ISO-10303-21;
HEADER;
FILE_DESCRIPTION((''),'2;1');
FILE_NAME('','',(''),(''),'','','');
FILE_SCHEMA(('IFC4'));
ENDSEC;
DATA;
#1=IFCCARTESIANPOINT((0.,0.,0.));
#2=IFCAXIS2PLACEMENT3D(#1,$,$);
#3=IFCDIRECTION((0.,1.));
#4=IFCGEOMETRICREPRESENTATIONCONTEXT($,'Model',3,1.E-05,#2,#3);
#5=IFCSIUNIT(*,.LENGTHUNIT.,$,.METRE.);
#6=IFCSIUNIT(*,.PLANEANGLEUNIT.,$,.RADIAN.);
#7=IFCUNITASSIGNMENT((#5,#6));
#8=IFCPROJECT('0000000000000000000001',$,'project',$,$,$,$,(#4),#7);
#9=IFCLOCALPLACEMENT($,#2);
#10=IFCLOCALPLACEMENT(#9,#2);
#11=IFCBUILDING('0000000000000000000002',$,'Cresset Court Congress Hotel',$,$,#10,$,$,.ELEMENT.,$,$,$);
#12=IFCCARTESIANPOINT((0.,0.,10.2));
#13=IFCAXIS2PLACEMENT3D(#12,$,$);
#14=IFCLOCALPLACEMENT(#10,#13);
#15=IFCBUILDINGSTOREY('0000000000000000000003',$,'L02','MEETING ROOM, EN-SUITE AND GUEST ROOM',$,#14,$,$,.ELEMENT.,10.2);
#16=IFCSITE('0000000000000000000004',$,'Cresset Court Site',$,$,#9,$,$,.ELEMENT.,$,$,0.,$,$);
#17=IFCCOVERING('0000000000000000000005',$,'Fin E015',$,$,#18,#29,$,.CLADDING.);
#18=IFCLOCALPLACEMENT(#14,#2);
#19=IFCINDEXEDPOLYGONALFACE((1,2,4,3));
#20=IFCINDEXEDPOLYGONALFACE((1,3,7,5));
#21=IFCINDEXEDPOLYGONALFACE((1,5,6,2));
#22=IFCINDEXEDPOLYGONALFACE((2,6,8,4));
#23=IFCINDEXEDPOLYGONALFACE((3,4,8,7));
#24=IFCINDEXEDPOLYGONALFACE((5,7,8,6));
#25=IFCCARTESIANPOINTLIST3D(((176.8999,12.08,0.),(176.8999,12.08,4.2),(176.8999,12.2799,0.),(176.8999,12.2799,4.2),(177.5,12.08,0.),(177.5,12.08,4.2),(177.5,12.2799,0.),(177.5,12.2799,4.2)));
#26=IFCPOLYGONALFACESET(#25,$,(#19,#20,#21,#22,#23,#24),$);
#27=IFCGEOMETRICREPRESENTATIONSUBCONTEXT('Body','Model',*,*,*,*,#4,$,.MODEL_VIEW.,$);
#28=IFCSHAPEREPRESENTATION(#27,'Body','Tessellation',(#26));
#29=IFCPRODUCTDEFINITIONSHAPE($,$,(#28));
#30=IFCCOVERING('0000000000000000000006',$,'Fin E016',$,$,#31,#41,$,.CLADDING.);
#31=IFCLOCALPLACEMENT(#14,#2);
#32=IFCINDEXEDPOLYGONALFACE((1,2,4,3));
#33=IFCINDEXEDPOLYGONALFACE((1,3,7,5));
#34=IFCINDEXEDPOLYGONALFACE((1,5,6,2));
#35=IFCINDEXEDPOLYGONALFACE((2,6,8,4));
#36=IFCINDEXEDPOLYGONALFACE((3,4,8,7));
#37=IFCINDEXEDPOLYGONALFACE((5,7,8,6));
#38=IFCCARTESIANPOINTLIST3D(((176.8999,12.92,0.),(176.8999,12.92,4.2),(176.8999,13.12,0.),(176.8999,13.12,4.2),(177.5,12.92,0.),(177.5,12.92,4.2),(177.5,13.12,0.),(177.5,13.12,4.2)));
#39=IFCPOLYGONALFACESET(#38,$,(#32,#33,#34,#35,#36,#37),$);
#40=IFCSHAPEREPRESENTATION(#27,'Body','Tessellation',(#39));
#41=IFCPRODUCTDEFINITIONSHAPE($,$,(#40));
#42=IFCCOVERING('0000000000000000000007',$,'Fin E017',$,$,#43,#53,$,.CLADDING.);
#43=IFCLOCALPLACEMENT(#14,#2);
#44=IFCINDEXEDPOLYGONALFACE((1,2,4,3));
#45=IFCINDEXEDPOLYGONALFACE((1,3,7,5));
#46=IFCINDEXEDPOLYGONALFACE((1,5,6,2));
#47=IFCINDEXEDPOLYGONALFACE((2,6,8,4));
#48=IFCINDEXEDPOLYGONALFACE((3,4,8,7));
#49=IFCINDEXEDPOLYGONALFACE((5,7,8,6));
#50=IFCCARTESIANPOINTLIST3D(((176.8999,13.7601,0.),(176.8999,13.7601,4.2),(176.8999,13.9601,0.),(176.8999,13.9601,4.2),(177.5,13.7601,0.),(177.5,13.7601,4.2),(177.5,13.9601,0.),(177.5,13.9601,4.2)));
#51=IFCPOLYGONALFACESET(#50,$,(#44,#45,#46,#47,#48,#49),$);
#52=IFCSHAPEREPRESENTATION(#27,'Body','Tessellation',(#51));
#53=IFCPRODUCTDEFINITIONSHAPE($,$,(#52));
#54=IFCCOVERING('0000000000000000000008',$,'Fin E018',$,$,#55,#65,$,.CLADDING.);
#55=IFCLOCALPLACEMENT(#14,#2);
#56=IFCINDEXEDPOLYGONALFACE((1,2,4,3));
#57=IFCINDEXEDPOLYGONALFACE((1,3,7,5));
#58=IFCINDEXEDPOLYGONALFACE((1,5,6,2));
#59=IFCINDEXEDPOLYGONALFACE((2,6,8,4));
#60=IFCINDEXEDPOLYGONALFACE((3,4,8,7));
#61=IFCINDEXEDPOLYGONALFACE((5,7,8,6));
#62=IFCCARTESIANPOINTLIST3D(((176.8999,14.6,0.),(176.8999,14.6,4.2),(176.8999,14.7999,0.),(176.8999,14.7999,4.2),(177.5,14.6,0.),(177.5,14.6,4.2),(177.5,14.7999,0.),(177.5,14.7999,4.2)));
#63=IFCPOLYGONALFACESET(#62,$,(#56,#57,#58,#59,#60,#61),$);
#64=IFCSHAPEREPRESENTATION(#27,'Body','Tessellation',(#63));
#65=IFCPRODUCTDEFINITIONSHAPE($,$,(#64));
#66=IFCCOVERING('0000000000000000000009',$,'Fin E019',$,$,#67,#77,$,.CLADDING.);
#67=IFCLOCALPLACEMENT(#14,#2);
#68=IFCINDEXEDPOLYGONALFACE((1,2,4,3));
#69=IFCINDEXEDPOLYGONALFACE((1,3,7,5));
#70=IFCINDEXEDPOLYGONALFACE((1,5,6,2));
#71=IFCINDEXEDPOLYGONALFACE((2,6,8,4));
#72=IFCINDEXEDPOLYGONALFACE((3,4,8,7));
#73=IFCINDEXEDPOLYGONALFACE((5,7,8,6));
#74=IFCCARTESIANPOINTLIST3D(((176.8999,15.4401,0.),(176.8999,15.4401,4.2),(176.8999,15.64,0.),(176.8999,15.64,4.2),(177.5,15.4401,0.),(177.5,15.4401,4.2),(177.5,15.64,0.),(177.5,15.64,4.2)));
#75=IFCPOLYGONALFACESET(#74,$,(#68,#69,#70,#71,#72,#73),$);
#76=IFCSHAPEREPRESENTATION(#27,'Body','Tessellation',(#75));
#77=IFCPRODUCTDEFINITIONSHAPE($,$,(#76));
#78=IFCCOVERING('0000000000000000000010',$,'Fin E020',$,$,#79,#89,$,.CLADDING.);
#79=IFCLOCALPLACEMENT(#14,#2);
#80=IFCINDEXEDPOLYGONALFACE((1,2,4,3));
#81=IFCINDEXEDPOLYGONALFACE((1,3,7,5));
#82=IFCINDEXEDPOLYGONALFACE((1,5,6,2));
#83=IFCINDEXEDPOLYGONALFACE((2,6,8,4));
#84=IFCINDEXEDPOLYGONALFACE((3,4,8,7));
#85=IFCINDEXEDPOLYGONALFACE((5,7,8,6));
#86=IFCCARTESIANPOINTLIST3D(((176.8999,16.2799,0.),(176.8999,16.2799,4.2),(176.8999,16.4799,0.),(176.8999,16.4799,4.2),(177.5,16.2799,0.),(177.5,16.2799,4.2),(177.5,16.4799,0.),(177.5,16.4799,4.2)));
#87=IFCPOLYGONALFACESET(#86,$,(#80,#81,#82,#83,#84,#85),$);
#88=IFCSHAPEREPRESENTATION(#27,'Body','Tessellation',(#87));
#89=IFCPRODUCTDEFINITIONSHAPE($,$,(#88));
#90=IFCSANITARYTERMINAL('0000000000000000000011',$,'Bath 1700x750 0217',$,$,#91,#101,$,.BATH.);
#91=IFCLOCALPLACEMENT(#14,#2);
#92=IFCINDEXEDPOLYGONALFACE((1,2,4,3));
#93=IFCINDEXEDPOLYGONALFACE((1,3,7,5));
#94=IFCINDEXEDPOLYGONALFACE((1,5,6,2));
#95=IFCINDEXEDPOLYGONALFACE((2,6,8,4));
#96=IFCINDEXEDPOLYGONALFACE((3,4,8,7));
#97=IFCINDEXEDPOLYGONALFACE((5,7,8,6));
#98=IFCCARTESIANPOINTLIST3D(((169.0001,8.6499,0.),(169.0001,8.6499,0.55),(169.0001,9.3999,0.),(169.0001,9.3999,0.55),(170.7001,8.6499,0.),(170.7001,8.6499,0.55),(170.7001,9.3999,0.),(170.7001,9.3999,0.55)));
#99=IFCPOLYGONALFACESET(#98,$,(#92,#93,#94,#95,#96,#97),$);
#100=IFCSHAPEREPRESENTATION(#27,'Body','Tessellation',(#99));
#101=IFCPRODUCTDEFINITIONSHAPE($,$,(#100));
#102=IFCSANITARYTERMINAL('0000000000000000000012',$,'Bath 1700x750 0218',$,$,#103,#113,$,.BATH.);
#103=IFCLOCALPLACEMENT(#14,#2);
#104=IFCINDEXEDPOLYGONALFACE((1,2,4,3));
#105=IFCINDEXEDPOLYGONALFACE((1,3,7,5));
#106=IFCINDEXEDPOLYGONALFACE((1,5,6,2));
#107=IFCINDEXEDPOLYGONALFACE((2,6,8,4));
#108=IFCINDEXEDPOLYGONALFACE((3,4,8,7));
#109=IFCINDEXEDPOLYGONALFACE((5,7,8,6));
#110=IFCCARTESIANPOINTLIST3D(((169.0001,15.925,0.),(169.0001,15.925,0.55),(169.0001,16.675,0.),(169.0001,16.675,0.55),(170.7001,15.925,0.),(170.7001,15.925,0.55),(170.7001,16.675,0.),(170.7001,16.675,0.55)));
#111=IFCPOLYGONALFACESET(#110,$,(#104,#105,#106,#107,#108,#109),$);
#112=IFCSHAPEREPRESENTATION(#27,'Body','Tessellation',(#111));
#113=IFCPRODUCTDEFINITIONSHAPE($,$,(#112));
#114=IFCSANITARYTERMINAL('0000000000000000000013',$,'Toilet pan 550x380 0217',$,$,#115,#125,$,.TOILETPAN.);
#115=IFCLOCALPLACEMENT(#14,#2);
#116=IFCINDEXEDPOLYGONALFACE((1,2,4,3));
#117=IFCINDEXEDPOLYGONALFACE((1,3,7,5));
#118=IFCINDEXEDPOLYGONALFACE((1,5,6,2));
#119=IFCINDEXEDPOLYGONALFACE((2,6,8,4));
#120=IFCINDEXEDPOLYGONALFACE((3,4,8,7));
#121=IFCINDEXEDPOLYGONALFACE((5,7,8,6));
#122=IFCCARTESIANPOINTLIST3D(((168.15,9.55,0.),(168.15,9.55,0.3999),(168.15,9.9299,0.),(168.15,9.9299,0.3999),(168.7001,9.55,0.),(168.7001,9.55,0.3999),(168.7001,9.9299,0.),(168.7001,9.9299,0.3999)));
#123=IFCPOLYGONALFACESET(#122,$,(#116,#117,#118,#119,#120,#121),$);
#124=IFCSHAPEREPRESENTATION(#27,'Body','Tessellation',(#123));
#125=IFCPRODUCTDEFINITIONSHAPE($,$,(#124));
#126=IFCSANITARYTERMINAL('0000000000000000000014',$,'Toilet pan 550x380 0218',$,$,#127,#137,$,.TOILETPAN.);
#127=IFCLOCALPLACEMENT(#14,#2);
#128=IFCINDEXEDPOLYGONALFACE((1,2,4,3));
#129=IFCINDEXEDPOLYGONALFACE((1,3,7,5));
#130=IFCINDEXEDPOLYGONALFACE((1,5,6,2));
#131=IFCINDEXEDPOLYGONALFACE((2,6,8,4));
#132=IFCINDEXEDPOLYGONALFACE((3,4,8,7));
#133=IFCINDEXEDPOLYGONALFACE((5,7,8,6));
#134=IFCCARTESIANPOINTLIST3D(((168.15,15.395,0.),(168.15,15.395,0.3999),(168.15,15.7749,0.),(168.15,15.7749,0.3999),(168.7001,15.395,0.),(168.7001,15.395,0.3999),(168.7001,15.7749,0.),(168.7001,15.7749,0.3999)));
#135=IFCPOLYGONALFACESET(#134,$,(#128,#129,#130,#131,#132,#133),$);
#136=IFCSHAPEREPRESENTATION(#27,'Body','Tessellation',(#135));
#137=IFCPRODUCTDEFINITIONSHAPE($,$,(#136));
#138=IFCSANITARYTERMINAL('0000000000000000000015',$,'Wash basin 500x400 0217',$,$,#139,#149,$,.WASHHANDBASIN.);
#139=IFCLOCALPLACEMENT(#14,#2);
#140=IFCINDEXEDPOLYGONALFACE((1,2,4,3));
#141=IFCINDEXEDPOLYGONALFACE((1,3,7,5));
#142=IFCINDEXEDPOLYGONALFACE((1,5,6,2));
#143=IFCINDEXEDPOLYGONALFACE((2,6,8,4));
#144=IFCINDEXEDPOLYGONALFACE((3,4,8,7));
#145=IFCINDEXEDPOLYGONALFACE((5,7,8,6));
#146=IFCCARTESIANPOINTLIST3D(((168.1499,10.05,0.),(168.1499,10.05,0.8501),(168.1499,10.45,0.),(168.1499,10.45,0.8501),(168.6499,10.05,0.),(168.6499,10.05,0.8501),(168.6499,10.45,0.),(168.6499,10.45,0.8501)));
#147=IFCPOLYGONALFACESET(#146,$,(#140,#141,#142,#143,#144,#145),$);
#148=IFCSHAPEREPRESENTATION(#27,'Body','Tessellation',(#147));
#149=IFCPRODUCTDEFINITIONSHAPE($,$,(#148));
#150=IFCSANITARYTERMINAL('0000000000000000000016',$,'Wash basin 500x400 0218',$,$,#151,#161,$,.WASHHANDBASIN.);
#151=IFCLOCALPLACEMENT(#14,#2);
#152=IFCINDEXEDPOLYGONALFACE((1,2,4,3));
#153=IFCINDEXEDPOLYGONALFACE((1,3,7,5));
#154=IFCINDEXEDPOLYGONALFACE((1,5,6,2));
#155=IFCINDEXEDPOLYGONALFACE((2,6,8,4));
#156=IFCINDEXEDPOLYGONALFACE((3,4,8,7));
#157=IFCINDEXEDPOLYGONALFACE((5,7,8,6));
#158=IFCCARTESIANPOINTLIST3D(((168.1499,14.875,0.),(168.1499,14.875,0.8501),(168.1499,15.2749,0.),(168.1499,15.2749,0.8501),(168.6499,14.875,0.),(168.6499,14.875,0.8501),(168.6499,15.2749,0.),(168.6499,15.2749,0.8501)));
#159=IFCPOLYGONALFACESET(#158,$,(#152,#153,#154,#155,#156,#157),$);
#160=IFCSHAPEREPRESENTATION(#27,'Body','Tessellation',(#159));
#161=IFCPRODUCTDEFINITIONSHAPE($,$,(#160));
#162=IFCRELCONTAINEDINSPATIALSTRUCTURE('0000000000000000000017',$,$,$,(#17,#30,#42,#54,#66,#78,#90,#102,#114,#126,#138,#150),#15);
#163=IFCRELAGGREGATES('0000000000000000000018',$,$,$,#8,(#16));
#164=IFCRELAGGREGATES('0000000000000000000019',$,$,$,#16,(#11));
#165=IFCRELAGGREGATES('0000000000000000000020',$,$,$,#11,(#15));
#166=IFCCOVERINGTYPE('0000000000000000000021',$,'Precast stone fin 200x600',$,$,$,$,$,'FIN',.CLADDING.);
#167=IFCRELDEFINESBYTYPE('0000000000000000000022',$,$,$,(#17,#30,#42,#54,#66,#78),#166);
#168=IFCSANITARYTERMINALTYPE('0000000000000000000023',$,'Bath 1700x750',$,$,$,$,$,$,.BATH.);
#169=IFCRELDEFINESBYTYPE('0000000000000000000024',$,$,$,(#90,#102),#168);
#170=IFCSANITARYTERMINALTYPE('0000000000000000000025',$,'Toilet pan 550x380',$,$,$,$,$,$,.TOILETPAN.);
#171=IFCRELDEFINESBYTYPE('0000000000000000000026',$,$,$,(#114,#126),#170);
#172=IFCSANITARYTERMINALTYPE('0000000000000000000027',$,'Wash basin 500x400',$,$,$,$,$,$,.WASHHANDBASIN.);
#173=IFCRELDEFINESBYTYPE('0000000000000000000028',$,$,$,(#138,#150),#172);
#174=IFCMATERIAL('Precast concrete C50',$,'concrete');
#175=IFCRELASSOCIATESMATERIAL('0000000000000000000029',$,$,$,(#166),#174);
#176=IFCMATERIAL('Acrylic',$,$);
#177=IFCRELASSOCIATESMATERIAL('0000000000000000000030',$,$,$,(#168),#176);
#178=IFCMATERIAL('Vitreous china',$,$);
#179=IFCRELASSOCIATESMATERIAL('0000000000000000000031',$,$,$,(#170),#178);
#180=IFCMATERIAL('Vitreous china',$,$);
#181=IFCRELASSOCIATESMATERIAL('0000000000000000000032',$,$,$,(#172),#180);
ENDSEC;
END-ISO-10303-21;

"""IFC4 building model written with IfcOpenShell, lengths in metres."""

from ifc_helpers import new_model, si_unit, direction, frame, origin, origin_2d, place, context, subcontext, project, spatial, rectangle, extrude, material, type_object, element, save


model = new_model("IFC4")

# Units and contexts
model_context = context("Model", 3, precision=1e-05, world=origin(), true_north=direction((0.0, 1.0)))
body_context = subcontext(model_context, "Body", "Model", "MODEL_VIEW")
ifc_project = project(units=[si_unit("LENGTHUNIT", "METRE"), si_unit("PLANEANGLEUNIT", "RADIAN")], contexts=[model_context])

# Site, building, storey
site_placement = place(None, origin())
site = spatial("IfcSite", under=ifc_project, at=site_placement, Name="Cresset Court Site", CompositionType="ELEMENT", RefElevation=0.0)
building_placement = place(site_placement, origin())
building = spatial("IfcBuilding", under=site, at=building_placement, Name="Cresset Court Congress Hotel", CompositionType="ELEMENT")
storey_placement = place(building_placement, frame((0.0, 0.0, 10.2)))
storey = spatial("IfcBuildingStorey", under=building, at=storey_placement, Name="L02", Description="MEETING ROOM, EN-SUITE AND GUEST ROOM", CompositionType="ELEMENT", Elevation=10.2)

# Coverings
ifc_material_1 = material(Name="Precast concrete C50", Category="concrete")
covering_type = type_object("IfcCoveringType", Name="Precast stone fin 200x600", ElementType="FIN", PredefinedType="CLADDING", material=ifc_material_1)
for number, where, z_axis, x_axis, name in (
    (1, (177.2, 12.1799, 0.0), (0.0, 0.0, 1.0), (1.0, 0.0, 0.0), "Fin E015"),
    (2, (177.2, 13.02, 0.0), (0.0, 0.0, 1.0), (1.0, 0.0, 0.0), "Fin E016"),
    (3, (177.2, 13.8601, 0.0), (0.0, 0.0, 1.0), (1.0, 0.0, 0.0), "Fin E017"),
    (4, (177.2, 14.7, 0.0), (0.0, 0.0, 1.0), (1.0, 0.0, 0.0), "Fin E018"),
    (5, (177.2, 15.54, 0.0), (0.0, 0.0, 1.0), (1.0, 0.0, 0.0), "Fin E019"),
    (6, (177.2, 16.3799, 0.0), (0.0, 0.0, 1.0), (1.0, 0.0, 0.0), "Fin E020"),
):
    element("IfcCovering", number, at=place(storey_placement, frame(where, z_axis=z_axis, x_axis=x_axis)), inside=storey, type_object=covering_type, Name=name, PredefinedType="CLADDING", context=body_context, shape_type="SweptSolid", body=[
        extrude(rectangle(XDim=0.6001, YDim=0.2, at=origin_2d()), origin(), (0.0, 0.0, 1.0), 4.2),
    ])

# Sanitary terminals
ifc_material_2 = material(Name="Acrylic")
sanitary_terminal_type_1 = type_object("IfcSanitaryTerminalType", Name="Bath 1700x750", PredefinedType="BATH", material=ifc_material_2)
for number, where, z_axis, x_axis, name in (
    (7, (169.8501, 9.0249, 0.0), (0.0, 0.0, 1.0), (1.0, 0.0, 0.0), "Bath 1700x750 0217"),
    (8, (169.8501, 16.3, 0.0), (0.0, 0.0, 1.0), (1.0, 0.0, 0.0), "Bath 1700x750 0218"),
):
    element("IfcSanitaryTerminal", number, at=place(storey_placement, frame(where, z_axis=z_axis, x_axis=x_axis)), inside=storey, type_object=sanitary_terminal_type_1, Name=name, PredefinedType="BATH", context=body_context, shape_type="SweptSolid", body=[
        extrude(rectangle(XDim=1.7, YDim=0.75, at=origin_2d()), origin(), (0.0, 0.0, 1.0), 0.55),
    ])
ifc_material_3 = material(Name="Vitreous china")
sanitary_terminal_type_2 = type_object("IfcSanitaryTerminalType", Name="Toilet pan 550x380", PredefinedType="TOILETPAN", material=ifc_material_3)
for number, where, z_axis, x_axis, name in (
    (9, (168.425, 9.74, 0.0), (0.0, 0.0, 1.0), (1.0, 0.0, 0.0), "Toilet pan 550x380 0217"),
    (10, (168.425, 15.585, 0.0), (0.0, 0.0, 1.0), (1.0, 0.0, 0.0), "Toilet pan 550x380 0218"),
):
    element("IfcSanitaryTerminal", number, at=place(storey_placement, frame(where, z_axis=z_axis, x_axis=x_axis)), inside=storey, type_object=sanitary_terminal_type_2, Name=name, PredefinedType="TOILETPAN", context=body_context, shape_type="SweptSolid", body=[
        extrude(rectangle(XDim=0.55, YDim=0.3799, at=origin_2d()), origin(), (0.0, 0.0, 1.0), 0.3999),
    ])
ifc_material_4 = material(Name="Vitreous china")
sanitary_terminal_type_3 = type_object("IfcSanitaryTerminalType", Name="Wash basin 500x400", PredefinedType="WASHHANDBASIN", material=ifc_material_4)
for number, where, z_axis, x_axis, name in (
    (11, (168.3999, 10.25, 0.0), (0.0, 0.0, 1.0), (1.0, 0.0, 0.0), "Wash basin 500x400 0217"),
    (12, (168.3999, 15.075, 0.0), (0.0, 0.0, 1.0), (1.0, 0.0, 0.0), "Wash basin 500x400 0218"),
):
    element("IfcSanitaryTerminal", number, at=place(storey_placement, frame(where, z_axis=z_axis, x_axis=x_axis)), inside=storey, type_object=sanitary_terminal_type_3, Name=name, PredefinedType="WASHHANDBASIN", context=body_context, shape_type="SweptSolid", body=[
        extrude(rectangle(XDim=0.5, YDim=0.3999, at=origin_2d()), origin(), (0.0, 0.0, 1.0), 0.8501),
    ])

save(model, "model.ifc")
